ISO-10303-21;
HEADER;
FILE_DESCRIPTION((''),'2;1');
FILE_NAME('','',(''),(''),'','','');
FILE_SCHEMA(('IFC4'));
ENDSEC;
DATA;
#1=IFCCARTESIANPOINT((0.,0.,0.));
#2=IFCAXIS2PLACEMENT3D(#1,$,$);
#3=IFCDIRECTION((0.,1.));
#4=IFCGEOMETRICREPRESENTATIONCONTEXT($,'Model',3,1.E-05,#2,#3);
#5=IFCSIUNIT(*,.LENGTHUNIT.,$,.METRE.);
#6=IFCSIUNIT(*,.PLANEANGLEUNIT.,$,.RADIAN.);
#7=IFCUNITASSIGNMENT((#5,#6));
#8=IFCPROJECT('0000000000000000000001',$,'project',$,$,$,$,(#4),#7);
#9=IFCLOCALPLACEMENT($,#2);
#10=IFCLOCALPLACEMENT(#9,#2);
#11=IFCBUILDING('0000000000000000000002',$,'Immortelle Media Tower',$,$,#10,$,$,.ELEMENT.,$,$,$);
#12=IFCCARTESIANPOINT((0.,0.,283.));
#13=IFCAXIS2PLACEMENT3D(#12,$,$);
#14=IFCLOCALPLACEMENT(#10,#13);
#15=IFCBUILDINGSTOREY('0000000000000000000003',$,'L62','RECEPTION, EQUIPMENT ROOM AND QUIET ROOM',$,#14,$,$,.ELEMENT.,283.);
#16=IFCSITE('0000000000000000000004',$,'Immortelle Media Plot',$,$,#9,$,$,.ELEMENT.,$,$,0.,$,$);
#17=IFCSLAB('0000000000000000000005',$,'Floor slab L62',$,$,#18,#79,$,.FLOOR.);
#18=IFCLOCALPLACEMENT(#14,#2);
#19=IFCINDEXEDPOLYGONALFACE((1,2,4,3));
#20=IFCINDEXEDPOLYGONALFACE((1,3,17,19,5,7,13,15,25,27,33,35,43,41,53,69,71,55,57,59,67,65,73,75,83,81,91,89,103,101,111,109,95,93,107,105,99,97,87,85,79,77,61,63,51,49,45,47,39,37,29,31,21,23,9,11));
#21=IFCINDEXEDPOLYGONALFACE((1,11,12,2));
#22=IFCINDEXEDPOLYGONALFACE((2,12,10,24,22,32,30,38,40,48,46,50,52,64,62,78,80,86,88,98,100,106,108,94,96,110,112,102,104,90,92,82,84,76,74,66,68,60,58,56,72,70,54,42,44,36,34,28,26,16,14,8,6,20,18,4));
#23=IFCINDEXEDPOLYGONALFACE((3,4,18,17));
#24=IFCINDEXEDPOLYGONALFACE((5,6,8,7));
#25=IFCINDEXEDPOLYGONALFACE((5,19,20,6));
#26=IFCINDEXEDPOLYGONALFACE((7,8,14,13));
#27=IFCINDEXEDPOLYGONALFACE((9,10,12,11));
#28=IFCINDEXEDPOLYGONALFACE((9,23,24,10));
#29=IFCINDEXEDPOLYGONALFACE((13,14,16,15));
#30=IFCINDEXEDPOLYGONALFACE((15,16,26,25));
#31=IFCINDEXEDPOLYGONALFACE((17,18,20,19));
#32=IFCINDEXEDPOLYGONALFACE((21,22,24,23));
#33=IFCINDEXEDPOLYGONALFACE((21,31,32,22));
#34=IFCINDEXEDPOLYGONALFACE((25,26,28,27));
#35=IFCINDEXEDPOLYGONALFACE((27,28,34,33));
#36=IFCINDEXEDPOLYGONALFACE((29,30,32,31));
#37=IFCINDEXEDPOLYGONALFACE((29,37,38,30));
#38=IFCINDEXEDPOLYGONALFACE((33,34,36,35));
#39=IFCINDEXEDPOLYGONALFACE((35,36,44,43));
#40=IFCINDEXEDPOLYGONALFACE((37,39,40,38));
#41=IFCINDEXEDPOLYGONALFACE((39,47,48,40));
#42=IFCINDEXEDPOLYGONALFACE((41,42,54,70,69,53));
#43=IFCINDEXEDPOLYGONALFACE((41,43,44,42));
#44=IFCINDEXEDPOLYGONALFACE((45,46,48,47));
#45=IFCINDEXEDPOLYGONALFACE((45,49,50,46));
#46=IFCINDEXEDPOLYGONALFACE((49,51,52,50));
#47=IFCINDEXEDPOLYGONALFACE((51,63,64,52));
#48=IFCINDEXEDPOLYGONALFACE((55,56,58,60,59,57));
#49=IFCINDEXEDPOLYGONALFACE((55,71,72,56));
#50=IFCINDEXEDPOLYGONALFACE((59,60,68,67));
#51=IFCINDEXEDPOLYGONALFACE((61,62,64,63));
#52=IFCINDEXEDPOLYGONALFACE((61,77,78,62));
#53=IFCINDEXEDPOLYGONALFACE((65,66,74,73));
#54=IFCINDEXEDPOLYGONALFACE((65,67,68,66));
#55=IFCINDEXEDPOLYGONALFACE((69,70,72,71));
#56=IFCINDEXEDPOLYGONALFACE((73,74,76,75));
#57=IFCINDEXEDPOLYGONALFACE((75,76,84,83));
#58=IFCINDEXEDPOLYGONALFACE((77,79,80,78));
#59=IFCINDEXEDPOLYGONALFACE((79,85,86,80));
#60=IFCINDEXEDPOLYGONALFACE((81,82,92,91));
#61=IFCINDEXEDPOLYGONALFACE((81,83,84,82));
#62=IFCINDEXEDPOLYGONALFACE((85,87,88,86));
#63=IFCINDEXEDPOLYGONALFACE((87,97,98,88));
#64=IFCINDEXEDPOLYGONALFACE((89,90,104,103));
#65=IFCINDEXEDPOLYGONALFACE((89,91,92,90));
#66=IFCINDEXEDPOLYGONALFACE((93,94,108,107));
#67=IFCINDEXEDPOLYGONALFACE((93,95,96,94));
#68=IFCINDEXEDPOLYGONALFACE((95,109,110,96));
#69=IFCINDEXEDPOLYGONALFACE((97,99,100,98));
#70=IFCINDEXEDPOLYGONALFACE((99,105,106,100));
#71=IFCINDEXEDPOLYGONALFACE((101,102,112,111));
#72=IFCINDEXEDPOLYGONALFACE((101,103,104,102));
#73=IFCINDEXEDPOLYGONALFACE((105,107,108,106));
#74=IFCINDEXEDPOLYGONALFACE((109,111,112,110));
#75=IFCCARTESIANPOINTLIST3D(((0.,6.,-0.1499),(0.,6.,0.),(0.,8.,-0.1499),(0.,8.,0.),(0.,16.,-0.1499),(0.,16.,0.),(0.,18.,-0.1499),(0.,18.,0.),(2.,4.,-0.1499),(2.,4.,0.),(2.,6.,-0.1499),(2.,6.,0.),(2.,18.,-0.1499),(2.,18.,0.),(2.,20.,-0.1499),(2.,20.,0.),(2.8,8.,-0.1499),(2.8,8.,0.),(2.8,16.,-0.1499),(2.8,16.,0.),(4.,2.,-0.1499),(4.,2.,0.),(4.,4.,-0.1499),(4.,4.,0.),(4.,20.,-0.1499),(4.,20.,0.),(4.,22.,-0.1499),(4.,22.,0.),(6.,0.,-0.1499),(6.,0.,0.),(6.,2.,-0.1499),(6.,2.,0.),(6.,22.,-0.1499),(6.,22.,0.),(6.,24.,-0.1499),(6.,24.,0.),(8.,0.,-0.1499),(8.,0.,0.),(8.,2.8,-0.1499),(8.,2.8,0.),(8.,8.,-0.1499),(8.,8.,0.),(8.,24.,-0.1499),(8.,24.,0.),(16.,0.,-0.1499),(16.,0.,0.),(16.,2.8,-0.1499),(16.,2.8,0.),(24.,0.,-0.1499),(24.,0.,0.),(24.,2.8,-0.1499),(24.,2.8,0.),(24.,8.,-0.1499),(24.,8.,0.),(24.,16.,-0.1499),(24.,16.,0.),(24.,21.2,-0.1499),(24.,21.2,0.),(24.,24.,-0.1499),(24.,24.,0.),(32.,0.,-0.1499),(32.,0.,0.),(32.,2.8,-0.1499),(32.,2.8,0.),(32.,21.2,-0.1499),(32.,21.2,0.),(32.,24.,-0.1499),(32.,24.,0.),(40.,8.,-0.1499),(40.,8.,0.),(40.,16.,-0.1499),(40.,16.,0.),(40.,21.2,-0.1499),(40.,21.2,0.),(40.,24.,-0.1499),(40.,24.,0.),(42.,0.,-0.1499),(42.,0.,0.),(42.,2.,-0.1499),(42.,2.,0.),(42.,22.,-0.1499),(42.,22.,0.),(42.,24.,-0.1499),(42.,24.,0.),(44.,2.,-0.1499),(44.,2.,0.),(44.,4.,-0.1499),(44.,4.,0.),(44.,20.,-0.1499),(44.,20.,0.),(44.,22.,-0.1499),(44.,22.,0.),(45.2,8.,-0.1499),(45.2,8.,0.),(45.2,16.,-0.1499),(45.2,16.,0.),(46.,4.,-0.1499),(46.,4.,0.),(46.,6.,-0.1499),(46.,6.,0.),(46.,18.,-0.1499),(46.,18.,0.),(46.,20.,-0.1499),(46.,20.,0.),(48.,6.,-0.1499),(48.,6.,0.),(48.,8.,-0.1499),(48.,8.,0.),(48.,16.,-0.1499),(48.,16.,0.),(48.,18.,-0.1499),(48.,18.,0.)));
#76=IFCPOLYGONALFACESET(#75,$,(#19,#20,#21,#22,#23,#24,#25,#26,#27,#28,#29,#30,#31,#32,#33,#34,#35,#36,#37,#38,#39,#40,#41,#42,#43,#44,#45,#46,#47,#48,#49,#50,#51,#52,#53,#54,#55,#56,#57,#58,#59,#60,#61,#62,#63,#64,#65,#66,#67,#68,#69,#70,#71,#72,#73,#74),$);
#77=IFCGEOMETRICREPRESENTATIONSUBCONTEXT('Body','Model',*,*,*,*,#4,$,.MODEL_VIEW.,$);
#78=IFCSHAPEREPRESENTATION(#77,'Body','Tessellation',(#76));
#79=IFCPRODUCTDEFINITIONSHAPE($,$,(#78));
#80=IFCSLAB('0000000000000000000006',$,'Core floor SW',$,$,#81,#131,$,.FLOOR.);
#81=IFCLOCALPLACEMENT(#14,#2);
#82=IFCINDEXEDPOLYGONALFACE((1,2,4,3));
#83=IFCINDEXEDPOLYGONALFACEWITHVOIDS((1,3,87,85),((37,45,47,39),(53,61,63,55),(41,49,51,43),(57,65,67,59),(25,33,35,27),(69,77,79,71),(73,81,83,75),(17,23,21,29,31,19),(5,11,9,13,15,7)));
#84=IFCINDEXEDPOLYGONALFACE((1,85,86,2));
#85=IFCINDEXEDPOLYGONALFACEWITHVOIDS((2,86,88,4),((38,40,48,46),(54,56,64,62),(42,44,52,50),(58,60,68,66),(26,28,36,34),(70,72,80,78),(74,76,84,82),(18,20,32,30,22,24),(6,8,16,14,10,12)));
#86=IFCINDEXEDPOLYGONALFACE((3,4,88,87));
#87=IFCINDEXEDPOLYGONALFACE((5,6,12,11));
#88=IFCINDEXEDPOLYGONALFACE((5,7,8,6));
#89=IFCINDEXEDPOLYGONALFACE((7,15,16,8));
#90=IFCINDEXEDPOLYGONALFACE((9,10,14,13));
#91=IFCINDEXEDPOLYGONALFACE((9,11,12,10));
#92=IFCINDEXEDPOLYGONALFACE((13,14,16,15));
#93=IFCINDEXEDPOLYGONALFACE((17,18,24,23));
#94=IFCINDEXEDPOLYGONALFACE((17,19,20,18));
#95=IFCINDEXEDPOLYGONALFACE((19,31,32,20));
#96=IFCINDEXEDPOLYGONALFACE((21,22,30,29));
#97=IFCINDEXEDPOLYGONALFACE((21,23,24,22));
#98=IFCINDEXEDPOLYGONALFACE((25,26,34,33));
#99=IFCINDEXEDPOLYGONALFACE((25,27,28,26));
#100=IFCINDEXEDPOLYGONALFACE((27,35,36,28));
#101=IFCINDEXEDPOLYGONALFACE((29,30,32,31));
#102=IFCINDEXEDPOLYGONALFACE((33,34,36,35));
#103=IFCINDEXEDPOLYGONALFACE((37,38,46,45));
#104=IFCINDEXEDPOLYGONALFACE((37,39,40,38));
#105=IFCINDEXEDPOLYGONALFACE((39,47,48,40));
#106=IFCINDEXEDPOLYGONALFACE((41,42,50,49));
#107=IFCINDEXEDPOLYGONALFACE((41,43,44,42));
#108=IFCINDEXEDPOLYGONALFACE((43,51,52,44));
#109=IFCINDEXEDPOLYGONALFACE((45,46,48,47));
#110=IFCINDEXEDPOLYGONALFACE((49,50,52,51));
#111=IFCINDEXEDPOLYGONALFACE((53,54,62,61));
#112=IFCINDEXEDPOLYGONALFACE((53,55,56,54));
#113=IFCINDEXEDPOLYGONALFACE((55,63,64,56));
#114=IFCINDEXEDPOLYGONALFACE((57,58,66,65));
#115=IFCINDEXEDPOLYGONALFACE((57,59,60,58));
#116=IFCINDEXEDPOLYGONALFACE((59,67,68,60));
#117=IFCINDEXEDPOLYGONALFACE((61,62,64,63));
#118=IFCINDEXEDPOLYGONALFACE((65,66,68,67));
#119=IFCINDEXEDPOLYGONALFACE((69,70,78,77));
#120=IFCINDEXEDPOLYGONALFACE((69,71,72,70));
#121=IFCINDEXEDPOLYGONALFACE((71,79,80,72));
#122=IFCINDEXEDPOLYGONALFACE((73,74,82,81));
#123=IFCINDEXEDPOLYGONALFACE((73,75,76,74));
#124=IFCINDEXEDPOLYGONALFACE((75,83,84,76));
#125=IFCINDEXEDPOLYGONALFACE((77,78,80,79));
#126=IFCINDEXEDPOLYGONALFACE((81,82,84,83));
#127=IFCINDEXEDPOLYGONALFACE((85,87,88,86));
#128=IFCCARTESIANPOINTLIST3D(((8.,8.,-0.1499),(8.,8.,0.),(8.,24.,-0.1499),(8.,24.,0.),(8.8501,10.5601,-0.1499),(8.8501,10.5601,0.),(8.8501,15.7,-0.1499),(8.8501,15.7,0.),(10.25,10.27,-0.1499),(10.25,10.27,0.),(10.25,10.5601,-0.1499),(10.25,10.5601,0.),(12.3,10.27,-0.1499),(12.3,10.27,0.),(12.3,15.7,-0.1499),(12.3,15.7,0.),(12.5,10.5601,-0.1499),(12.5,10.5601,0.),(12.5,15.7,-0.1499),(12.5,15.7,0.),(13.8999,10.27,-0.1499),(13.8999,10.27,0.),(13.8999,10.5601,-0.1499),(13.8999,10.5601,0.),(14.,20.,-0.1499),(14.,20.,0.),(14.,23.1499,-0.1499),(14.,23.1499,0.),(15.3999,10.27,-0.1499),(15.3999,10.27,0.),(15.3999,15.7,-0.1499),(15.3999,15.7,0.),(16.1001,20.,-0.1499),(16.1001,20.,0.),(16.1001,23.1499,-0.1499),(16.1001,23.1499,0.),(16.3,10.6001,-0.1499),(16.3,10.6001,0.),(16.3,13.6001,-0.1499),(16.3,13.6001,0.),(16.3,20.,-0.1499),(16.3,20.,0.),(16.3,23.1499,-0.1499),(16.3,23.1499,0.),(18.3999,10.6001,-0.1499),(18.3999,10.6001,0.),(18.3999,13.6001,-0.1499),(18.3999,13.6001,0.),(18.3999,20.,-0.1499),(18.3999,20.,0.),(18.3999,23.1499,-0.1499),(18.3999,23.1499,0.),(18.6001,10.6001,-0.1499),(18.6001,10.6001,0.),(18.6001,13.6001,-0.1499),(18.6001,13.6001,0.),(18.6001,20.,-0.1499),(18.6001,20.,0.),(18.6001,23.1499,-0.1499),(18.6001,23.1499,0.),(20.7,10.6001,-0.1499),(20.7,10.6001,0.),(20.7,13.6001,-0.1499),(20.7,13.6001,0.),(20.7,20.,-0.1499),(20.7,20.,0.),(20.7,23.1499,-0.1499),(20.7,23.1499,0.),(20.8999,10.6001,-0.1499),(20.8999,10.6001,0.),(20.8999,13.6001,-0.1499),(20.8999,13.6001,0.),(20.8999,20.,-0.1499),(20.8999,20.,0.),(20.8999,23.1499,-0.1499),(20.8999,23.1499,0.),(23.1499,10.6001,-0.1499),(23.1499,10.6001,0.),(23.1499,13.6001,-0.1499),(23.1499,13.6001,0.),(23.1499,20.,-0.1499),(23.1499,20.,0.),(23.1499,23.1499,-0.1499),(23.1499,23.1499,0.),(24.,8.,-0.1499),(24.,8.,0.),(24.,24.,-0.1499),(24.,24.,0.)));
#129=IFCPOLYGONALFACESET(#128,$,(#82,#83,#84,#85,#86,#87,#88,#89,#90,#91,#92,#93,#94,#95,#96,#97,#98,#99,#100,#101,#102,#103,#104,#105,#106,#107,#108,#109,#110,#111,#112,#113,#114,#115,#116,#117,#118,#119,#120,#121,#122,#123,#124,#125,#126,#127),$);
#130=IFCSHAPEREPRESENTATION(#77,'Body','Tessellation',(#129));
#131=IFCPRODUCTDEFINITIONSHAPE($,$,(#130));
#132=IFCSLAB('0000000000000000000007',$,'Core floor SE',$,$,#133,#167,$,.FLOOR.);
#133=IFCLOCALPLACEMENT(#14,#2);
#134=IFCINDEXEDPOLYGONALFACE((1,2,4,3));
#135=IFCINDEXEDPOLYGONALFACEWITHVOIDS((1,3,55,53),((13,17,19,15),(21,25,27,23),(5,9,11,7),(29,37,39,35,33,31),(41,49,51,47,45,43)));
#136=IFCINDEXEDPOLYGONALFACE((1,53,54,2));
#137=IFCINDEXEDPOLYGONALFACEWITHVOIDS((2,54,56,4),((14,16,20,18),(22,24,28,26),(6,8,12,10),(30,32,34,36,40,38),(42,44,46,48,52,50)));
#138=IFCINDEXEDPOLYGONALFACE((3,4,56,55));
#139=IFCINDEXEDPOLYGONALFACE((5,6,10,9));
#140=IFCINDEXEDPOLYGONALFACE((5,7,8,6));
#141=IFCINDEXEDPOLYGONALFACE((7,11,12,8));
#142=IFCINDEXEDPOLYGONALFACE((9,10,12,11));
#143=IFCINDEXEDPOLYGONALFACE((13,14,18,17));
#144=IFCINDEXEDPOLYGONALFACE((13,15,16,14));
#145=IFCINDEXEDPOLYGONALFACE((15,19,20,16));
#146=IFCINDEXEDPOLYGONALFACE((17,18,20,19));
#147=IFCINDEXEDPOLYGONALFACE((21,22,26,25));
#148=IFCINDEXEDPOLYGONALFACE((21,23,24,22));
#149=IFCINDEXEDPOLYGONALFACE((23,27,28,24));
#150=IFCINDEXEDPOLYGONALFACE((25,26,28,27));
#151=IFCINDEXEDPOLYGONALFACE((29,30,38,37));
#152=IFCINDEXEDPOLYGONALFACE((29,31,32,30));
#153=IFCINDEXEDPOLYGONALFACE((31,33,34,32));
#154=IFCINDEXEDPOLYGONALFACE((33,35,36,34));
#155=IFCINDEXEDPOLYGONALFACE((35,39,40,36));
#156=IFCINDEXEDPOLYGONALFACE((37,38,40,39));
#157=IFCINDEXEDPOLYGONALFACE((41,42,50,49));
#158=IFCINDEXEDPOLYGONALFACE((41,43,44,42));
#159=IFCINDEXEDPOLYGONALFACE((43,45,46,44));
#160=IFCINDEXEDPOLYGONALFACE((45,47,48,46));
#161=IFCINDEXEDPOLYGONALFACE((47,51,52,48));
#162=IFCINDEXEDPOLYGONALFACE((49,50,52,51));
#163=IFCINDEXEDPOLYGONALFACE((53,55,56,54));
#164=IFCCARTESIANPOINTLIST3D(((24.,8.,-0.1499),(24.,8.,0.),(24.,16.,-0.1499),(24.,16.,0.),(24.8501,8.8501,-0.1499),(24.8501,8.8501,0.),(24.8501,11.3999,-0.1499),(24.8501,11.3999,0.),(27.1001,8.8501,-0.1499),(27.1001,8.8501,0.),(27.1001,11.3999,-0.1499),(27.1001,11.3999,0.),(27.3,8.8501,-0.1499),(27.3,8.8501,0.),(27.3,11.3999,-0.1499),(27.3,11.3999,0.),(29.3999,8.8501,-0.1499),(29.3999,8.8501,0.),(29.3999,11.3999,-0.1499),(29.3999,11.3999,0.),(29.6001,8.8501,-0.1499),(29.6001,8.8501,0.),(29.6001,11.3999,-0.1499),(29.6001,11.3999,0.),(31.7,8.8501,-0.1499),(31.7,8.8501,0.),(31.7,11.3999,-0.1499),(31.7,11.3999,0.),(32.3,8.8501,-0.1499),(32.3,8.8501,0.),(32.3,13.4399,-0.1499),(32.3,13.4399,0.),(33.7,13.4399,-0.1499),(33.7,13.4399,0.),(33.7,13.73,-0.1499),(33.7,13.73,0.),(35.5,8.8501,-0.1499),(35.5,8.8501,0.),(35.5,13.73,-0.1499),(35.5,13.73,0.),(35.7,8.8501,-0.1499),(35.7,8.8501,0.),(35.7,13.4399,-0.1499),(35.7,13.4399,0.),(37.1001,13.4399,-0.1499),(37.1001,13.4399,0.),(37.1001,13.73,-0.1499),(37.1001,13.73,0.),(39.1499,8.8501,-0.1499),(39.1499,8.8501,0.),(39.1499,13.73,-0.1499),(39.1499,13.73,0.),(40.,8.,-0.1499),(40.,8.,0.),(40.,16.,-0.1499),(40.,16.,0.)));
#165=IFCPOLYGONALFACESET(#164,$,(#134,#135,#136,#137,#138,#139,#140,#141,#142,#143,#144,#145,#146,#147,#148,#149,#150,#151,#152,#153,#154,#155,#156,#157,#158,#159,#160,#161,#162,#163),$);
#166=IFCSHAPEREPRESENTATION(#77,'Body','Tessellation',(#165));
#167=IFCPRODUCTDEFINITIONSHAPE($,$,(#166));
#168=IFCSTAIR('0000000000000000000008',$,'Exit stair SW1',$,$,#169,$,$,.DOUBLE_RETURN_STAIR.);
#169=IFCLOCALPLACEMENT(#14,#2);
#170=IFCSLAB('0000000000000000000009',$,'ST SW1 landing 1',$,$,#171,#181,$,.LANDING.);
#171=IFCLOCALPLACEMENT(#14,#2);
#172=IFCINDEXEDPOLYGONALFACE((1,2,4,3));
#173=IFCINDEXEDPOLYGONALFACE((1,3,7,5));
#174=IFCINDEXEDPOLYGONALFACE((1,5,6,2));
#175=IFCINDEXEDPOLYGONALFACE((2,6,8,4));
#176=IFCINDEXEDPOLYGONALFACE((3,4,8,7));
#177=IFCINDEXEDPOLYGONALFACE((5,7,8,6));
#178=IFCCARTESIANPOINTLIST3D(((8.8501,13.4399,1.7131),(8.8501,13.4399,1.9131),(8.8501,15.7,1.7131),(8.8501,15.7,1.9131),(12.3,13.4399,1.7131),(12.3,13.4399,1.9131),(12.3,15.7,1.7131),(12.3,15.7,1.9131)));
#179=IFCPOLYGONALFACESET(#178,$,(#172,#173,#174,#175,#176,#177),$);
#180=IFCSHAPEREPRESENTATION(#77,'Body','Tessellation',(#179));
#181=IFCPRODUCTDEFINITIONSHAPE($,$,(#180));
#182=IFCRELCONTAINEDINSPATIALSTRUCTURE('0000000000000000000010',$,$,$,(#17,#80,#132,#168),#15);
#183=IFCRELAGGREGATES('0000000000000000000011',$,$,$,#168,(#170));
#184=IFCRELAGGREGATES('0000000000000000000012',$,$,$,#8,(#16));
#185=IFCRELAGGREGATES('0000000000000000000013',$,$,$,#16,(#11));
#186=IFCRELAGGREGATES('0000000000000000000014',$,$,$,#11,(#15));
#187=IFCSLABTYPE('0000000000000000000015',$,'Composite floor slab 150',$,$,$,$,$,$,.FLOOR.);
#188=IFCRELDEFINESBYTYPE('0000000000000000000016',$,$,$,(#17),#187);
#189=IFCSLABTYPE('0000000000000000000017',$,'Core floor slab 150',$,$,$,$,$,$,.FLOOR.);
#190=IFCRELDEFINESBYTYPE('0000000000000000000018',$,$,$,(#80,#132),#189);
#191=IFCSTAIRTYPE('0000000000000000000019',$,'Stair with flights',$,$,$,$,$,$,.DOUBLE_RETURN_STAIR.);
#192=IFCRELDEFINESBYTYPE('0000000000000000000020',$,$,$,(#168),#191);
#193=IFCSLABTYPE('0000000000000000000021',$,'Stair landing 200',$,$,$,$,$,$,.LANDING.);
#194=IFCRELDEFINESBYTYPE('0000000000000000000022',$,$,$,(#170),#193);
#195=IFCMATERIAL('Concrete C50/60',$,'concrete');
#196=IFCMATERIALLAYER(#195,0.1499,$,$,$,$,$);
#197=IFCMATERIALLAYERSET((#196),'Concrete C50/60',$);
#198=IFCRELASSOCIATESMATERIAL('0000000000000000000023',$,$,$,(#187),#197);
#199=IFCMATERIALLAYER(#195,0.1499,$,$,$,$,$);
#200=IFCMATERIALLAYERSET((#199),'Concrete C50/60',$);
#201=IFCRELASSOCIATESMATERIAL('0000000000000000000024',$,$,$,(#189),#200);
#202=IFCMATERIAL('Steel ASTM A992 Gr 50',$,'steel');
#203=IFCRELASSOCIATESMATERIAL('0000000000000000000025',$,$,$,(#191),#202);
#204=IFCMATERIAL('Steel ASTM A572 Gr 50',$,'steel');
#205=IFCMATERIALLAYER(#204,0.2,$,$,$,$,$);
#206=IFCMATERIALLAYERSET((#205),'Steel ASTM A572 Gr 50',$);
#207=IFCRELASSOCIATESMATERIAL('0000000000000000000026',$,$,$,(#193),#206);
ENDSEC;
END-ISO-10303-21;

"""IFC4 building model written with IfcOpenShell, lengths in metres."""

from ifc_helpers import new_model, si_unit, direction, frame, origin, place, context, subcontext, project, spatial, polyline, outline, extrude, material, layer, layer_set, type_object, element, aggregate, save


model = new_model("IFC4")

# Units and contexts
model_context = context("Model", 3, precision=1e-05, world=origin(), true_north=direction((0.0, 1.0)))
body_context = subcontext(model_context, "Body", "Model", "MODEL_VIEW")
ifc_project = project(units=[si_unit("LENGTHUNIT", "METRE"), si_unit("PLANEANGLEUNIT", "RADIAN")], contexts=[model_context])

# Site, building, storey
site_placement = place(None, origin())
site = spatial("IfcSite", under=ifc_project, at=site_placement, Name="Immortelle Media Plot", CompositionType="ELEMENT", RefElevation=0.0)
building_placement = place(site_placement, origin())
building = spatial("IfcBuilding", under=site, at=building_placement, Name="Immortelle Media Tower", CompositionType="ELEMENT")
storey_placement = place(building_placement, frame((0.0, 0.0, 283.0)))
storey = spatial("IfcBuildingStorey", under=building, at=storey_placement, Name="L62", Description="RECEPTION, EQUIPMENT ROOM AND QUIET ROOM", CompositionType="ELEMENT", Elevation=283.0)

# Shared definitions
ifc_material_1 = material(Name="Steel ASTM A992 Gr 50", Category="steel")

# Slabs
ifc_material_2 = material(Name="Concrete C50/60", Category="concrete")
ifc_layer_1 = layer(ifc_material_2, 0.1499)
ifc_layer_set_1 = layer_set([ifc_layer_1], Name="Concrete C50/60")
slab_type_1 = type_object("IfcSlabType", Name="Composite floor slab 150", PredefinedType="FLOOR", material=ifc_layer_set_1)
slab_1_placement = place(storey_placement, frame((0.0, 0.0, -0.1499)))
element("IfcSlab", 1, at=slab_1_placement, inside=storey, type_object=slab_type_1, Name="Floor slab L62", PredefinedType="FLOOR", context=body_context, shape_type="SweptSolid", body=[
    extrude(outline(polyline([(6.0, 0.0), (6.0, 2.0), (4.0, 2.0), (4.0, 4.0), (2.0, 4.0), (2.0, 6.0), (0.0, 6.0), (0.0, 8.0), (2.8, 8.0), (2.8, 16.0), (0.0, 16.0), (0.0, 18.0), (2.0, 18.0), (2.0, 20.0), (4.0, 20.0), (4.0, 22.0), (6.0, 22.0), (6.0, 24.0), (8.0, 24.0), (8.0, 8.0), (24.0, 8.0), (40.0, 8.0), (40.0, 16.0), (24.0, 16.0), (24.0, 21.2), (24.0, 24.0), (32.0, 24.0), (32.0, 21.2), (40.0, 21.2), (40.0, 24.0), (42.0, 24.0), (42.0, 22.0), (44.0, 22.0), (44.0, 20.0), (46.0, 20.0), (46.0, 18.0), (48.0, 18.0), (48.0, 16.0), (45.2, 16.0), (45.2, 8.0), (48.0, 8.0), (48.0, 6.0), (46.0, 6.0), (46.0, 4.0), (44.0, 4.0), (44.0, 2.0), (42.0, 2.0), (42.0, 0.0), (32.0, 0.0), (32.0, 2.8), (24.0, 2.8), (24.0, 0.0), (16.0, 0.0), (16.0, 2.8), (8.0, 2.8), (8.0, 0.0), (6.0, 0.0)])), origin(), (0.0, 0.0, 1.0), 0.1499),
])
ifc_layer_2 = layer(ifc_material_2, 0.1499)
ifc_layer_set_2 = layer_set([ifc_layer_2], Name="Concrete C50/60")
slab_type_2 = type_object("IfcSlabType", Name="Core floor slab 150", PredefinedType="FLOOR", material=ifc_layer_set_2)
slab_2_placement = place(storey_placement, frame((0.0, 0.0, -0.1499)))
element("IfcSlab", 2, at=slab_2_placement, inside=storey, type_object=slab_type_2, Name="Core floor SW", PredefinedType="FLOOR", context=body_context, shape_type="SweptSolid", body=[
    extrude(outline(polyline([(8.0, 8.0), (24.0, 8.0), (24.0, 24.0), (8.0, 24.0), (8.0, 8.0)]), holes=[polyline([(14.0, 20.0), (16.1001, 20.0), (16.1001, 23.1499), (14.0, 23.1499), (14.0, 20.0)]), polyline([(16.3, 20.0), (18.3999, 20.0), (18.3999, 23.1499), (16.3, 23.1499), (16.3, 20.0)]), polyline([(18.6001, 20.0), (20.7, 20.0), (20.7, 23.1499), (18.6001, 23.1499), (18.6001, 20.0)]), polyline([(20.8999, 20.0), (23.1499, 20.0), (23.1499, 23.1499), (20.8999, 23.1499), (20.8999, 20.0)]), polyline([(16.3, 10.6001), (18.3999, 10.6001), (18.3999, 13.6001), (16.3, 13.6001), (16.3, 10.6001)]), polyline([(18.6001, 10.6001), (20.7, 10.6001), (20.7, 13.6001), (18.6001, 13.6001), (18.6001, 10.6001)]), polyline([(20.8999, 10.6001), (23.1499, 10.6001), (23.1499, 13.6001), (20.8999, 13.6001), (20.8999, 10.6001)]), polyline([(8.8501, 15.7), (12.3, 15.7), (12.3, 10.27), (10.25, 10.27), (10.25, 10.5601), (8.8501, 10.5601), (8.8501, 15.7)]), polyline([(12.5, 15.7), (15.3999, 15.7), (15.3999, 10.27), (13.8999, 10.27), (13.8999, 10.5601), (12.5, 10.5601), (12.5, 15.7)])]), origin(), (0.0, 0.0, 1.0), 0.1499),
])
slab_3_placement = place(storey_placement, frame((0.0, 0.0, -0.1499)))
element("IfcSlab", 3, at=slab_3_placement, inside=storey, type_object=slab_type_2, Name="Core floor SE", PredefinedType="FLOOR", context=body_context, shape_type="SweptSolid", body=[
    extrude(outline(polyline([(24.0, 8.0), (40.0, 8.0), (40.0, 16.0), (24.0, 16.0), (24.0, 8.0)]), holes=[polyline([(24.8501, 8.8501), (27.1001, 8.8501), (27.1001, 11.3999), (24.8501, 11.3999), (24.8501, 8.8501)]), polyline([(27.3, 8.8501), (29.3999, 8.8501), (29.3999, 11.3999), (27.3, 11.3999), (27.3, 8.8501)]), polyline([(29.6001, 8.8501), (31.7, 8.8501), (31.7, 11.3999), (29.6001, 11.3999), (29.6001, 8.8501)]), polyline([(35.5, 13.73), (35.5, 8.8501), (32.3, 8.8501), (32.3, 13.4399), (33.7, 13.4399), (33.7, 13.73), (35.5, 13.73)]), polyline([(39.1499, 13.73), (39.1499, 8.8501), (35.7, 8.8501), (35.7, 13.4399), (37.1001, 13.4399), (37.1001, 13.73), (39.1499, 13.73)])]), origin(), (0.0, 0.0, 1.0), 0.1499),
])

# Stair, slab
stair_type = type_object("IfcStairType", Name="Stair with flights", PredefinedType="DOUBLE_RETURN_STAIR", material=ifc_material_1)
stair_1_placement = place(storey_placement, origin())
stair_1 = element("IfcStair", 4, at=stair_1_placement, inside=storey, type_object=stair_type, Name="Exit stair SW1", PredefinedType="DOUBLE_RETURN_STAIR")
ifc_material_3 = material(Name="Steel ASTM A572 Gr 50", Category="steel")
ifc_layer_3 = layer(ifc_material_3, 0.2)
ifc_layer_set_3 = layer_set([ifc_layer_3], Name="Steel ASTM A572 Gr 50")
slab_type_3 = type_object("IfcSlabType", Name="Stair landing 200", PredefinedType="LANDING", material=ifc_layer_set_3)
slab_4_placement = place(storey_placement, frame((0.0, 0.0, 1.7131)))
slab_4 = element("IfcSlab", 5, at=slab_4_placement, type_object=slab_type_3, Name="ST SW1 landing 1", PredefinedType="LANDING", context=body_context, shape_type="SweptSolid", body=[
    extrude(outline(polyline([(8.8501, 13.4399), (12.3, 13.4399), (12.3, 15.7), (8.8501, 15.7), (8.8501, 13.4399)])), origin(), (0.0, 0.0, 1.0), 0.2),
])
aggregate(stair_1, [slab_4])

save(model, "model.ifc")
